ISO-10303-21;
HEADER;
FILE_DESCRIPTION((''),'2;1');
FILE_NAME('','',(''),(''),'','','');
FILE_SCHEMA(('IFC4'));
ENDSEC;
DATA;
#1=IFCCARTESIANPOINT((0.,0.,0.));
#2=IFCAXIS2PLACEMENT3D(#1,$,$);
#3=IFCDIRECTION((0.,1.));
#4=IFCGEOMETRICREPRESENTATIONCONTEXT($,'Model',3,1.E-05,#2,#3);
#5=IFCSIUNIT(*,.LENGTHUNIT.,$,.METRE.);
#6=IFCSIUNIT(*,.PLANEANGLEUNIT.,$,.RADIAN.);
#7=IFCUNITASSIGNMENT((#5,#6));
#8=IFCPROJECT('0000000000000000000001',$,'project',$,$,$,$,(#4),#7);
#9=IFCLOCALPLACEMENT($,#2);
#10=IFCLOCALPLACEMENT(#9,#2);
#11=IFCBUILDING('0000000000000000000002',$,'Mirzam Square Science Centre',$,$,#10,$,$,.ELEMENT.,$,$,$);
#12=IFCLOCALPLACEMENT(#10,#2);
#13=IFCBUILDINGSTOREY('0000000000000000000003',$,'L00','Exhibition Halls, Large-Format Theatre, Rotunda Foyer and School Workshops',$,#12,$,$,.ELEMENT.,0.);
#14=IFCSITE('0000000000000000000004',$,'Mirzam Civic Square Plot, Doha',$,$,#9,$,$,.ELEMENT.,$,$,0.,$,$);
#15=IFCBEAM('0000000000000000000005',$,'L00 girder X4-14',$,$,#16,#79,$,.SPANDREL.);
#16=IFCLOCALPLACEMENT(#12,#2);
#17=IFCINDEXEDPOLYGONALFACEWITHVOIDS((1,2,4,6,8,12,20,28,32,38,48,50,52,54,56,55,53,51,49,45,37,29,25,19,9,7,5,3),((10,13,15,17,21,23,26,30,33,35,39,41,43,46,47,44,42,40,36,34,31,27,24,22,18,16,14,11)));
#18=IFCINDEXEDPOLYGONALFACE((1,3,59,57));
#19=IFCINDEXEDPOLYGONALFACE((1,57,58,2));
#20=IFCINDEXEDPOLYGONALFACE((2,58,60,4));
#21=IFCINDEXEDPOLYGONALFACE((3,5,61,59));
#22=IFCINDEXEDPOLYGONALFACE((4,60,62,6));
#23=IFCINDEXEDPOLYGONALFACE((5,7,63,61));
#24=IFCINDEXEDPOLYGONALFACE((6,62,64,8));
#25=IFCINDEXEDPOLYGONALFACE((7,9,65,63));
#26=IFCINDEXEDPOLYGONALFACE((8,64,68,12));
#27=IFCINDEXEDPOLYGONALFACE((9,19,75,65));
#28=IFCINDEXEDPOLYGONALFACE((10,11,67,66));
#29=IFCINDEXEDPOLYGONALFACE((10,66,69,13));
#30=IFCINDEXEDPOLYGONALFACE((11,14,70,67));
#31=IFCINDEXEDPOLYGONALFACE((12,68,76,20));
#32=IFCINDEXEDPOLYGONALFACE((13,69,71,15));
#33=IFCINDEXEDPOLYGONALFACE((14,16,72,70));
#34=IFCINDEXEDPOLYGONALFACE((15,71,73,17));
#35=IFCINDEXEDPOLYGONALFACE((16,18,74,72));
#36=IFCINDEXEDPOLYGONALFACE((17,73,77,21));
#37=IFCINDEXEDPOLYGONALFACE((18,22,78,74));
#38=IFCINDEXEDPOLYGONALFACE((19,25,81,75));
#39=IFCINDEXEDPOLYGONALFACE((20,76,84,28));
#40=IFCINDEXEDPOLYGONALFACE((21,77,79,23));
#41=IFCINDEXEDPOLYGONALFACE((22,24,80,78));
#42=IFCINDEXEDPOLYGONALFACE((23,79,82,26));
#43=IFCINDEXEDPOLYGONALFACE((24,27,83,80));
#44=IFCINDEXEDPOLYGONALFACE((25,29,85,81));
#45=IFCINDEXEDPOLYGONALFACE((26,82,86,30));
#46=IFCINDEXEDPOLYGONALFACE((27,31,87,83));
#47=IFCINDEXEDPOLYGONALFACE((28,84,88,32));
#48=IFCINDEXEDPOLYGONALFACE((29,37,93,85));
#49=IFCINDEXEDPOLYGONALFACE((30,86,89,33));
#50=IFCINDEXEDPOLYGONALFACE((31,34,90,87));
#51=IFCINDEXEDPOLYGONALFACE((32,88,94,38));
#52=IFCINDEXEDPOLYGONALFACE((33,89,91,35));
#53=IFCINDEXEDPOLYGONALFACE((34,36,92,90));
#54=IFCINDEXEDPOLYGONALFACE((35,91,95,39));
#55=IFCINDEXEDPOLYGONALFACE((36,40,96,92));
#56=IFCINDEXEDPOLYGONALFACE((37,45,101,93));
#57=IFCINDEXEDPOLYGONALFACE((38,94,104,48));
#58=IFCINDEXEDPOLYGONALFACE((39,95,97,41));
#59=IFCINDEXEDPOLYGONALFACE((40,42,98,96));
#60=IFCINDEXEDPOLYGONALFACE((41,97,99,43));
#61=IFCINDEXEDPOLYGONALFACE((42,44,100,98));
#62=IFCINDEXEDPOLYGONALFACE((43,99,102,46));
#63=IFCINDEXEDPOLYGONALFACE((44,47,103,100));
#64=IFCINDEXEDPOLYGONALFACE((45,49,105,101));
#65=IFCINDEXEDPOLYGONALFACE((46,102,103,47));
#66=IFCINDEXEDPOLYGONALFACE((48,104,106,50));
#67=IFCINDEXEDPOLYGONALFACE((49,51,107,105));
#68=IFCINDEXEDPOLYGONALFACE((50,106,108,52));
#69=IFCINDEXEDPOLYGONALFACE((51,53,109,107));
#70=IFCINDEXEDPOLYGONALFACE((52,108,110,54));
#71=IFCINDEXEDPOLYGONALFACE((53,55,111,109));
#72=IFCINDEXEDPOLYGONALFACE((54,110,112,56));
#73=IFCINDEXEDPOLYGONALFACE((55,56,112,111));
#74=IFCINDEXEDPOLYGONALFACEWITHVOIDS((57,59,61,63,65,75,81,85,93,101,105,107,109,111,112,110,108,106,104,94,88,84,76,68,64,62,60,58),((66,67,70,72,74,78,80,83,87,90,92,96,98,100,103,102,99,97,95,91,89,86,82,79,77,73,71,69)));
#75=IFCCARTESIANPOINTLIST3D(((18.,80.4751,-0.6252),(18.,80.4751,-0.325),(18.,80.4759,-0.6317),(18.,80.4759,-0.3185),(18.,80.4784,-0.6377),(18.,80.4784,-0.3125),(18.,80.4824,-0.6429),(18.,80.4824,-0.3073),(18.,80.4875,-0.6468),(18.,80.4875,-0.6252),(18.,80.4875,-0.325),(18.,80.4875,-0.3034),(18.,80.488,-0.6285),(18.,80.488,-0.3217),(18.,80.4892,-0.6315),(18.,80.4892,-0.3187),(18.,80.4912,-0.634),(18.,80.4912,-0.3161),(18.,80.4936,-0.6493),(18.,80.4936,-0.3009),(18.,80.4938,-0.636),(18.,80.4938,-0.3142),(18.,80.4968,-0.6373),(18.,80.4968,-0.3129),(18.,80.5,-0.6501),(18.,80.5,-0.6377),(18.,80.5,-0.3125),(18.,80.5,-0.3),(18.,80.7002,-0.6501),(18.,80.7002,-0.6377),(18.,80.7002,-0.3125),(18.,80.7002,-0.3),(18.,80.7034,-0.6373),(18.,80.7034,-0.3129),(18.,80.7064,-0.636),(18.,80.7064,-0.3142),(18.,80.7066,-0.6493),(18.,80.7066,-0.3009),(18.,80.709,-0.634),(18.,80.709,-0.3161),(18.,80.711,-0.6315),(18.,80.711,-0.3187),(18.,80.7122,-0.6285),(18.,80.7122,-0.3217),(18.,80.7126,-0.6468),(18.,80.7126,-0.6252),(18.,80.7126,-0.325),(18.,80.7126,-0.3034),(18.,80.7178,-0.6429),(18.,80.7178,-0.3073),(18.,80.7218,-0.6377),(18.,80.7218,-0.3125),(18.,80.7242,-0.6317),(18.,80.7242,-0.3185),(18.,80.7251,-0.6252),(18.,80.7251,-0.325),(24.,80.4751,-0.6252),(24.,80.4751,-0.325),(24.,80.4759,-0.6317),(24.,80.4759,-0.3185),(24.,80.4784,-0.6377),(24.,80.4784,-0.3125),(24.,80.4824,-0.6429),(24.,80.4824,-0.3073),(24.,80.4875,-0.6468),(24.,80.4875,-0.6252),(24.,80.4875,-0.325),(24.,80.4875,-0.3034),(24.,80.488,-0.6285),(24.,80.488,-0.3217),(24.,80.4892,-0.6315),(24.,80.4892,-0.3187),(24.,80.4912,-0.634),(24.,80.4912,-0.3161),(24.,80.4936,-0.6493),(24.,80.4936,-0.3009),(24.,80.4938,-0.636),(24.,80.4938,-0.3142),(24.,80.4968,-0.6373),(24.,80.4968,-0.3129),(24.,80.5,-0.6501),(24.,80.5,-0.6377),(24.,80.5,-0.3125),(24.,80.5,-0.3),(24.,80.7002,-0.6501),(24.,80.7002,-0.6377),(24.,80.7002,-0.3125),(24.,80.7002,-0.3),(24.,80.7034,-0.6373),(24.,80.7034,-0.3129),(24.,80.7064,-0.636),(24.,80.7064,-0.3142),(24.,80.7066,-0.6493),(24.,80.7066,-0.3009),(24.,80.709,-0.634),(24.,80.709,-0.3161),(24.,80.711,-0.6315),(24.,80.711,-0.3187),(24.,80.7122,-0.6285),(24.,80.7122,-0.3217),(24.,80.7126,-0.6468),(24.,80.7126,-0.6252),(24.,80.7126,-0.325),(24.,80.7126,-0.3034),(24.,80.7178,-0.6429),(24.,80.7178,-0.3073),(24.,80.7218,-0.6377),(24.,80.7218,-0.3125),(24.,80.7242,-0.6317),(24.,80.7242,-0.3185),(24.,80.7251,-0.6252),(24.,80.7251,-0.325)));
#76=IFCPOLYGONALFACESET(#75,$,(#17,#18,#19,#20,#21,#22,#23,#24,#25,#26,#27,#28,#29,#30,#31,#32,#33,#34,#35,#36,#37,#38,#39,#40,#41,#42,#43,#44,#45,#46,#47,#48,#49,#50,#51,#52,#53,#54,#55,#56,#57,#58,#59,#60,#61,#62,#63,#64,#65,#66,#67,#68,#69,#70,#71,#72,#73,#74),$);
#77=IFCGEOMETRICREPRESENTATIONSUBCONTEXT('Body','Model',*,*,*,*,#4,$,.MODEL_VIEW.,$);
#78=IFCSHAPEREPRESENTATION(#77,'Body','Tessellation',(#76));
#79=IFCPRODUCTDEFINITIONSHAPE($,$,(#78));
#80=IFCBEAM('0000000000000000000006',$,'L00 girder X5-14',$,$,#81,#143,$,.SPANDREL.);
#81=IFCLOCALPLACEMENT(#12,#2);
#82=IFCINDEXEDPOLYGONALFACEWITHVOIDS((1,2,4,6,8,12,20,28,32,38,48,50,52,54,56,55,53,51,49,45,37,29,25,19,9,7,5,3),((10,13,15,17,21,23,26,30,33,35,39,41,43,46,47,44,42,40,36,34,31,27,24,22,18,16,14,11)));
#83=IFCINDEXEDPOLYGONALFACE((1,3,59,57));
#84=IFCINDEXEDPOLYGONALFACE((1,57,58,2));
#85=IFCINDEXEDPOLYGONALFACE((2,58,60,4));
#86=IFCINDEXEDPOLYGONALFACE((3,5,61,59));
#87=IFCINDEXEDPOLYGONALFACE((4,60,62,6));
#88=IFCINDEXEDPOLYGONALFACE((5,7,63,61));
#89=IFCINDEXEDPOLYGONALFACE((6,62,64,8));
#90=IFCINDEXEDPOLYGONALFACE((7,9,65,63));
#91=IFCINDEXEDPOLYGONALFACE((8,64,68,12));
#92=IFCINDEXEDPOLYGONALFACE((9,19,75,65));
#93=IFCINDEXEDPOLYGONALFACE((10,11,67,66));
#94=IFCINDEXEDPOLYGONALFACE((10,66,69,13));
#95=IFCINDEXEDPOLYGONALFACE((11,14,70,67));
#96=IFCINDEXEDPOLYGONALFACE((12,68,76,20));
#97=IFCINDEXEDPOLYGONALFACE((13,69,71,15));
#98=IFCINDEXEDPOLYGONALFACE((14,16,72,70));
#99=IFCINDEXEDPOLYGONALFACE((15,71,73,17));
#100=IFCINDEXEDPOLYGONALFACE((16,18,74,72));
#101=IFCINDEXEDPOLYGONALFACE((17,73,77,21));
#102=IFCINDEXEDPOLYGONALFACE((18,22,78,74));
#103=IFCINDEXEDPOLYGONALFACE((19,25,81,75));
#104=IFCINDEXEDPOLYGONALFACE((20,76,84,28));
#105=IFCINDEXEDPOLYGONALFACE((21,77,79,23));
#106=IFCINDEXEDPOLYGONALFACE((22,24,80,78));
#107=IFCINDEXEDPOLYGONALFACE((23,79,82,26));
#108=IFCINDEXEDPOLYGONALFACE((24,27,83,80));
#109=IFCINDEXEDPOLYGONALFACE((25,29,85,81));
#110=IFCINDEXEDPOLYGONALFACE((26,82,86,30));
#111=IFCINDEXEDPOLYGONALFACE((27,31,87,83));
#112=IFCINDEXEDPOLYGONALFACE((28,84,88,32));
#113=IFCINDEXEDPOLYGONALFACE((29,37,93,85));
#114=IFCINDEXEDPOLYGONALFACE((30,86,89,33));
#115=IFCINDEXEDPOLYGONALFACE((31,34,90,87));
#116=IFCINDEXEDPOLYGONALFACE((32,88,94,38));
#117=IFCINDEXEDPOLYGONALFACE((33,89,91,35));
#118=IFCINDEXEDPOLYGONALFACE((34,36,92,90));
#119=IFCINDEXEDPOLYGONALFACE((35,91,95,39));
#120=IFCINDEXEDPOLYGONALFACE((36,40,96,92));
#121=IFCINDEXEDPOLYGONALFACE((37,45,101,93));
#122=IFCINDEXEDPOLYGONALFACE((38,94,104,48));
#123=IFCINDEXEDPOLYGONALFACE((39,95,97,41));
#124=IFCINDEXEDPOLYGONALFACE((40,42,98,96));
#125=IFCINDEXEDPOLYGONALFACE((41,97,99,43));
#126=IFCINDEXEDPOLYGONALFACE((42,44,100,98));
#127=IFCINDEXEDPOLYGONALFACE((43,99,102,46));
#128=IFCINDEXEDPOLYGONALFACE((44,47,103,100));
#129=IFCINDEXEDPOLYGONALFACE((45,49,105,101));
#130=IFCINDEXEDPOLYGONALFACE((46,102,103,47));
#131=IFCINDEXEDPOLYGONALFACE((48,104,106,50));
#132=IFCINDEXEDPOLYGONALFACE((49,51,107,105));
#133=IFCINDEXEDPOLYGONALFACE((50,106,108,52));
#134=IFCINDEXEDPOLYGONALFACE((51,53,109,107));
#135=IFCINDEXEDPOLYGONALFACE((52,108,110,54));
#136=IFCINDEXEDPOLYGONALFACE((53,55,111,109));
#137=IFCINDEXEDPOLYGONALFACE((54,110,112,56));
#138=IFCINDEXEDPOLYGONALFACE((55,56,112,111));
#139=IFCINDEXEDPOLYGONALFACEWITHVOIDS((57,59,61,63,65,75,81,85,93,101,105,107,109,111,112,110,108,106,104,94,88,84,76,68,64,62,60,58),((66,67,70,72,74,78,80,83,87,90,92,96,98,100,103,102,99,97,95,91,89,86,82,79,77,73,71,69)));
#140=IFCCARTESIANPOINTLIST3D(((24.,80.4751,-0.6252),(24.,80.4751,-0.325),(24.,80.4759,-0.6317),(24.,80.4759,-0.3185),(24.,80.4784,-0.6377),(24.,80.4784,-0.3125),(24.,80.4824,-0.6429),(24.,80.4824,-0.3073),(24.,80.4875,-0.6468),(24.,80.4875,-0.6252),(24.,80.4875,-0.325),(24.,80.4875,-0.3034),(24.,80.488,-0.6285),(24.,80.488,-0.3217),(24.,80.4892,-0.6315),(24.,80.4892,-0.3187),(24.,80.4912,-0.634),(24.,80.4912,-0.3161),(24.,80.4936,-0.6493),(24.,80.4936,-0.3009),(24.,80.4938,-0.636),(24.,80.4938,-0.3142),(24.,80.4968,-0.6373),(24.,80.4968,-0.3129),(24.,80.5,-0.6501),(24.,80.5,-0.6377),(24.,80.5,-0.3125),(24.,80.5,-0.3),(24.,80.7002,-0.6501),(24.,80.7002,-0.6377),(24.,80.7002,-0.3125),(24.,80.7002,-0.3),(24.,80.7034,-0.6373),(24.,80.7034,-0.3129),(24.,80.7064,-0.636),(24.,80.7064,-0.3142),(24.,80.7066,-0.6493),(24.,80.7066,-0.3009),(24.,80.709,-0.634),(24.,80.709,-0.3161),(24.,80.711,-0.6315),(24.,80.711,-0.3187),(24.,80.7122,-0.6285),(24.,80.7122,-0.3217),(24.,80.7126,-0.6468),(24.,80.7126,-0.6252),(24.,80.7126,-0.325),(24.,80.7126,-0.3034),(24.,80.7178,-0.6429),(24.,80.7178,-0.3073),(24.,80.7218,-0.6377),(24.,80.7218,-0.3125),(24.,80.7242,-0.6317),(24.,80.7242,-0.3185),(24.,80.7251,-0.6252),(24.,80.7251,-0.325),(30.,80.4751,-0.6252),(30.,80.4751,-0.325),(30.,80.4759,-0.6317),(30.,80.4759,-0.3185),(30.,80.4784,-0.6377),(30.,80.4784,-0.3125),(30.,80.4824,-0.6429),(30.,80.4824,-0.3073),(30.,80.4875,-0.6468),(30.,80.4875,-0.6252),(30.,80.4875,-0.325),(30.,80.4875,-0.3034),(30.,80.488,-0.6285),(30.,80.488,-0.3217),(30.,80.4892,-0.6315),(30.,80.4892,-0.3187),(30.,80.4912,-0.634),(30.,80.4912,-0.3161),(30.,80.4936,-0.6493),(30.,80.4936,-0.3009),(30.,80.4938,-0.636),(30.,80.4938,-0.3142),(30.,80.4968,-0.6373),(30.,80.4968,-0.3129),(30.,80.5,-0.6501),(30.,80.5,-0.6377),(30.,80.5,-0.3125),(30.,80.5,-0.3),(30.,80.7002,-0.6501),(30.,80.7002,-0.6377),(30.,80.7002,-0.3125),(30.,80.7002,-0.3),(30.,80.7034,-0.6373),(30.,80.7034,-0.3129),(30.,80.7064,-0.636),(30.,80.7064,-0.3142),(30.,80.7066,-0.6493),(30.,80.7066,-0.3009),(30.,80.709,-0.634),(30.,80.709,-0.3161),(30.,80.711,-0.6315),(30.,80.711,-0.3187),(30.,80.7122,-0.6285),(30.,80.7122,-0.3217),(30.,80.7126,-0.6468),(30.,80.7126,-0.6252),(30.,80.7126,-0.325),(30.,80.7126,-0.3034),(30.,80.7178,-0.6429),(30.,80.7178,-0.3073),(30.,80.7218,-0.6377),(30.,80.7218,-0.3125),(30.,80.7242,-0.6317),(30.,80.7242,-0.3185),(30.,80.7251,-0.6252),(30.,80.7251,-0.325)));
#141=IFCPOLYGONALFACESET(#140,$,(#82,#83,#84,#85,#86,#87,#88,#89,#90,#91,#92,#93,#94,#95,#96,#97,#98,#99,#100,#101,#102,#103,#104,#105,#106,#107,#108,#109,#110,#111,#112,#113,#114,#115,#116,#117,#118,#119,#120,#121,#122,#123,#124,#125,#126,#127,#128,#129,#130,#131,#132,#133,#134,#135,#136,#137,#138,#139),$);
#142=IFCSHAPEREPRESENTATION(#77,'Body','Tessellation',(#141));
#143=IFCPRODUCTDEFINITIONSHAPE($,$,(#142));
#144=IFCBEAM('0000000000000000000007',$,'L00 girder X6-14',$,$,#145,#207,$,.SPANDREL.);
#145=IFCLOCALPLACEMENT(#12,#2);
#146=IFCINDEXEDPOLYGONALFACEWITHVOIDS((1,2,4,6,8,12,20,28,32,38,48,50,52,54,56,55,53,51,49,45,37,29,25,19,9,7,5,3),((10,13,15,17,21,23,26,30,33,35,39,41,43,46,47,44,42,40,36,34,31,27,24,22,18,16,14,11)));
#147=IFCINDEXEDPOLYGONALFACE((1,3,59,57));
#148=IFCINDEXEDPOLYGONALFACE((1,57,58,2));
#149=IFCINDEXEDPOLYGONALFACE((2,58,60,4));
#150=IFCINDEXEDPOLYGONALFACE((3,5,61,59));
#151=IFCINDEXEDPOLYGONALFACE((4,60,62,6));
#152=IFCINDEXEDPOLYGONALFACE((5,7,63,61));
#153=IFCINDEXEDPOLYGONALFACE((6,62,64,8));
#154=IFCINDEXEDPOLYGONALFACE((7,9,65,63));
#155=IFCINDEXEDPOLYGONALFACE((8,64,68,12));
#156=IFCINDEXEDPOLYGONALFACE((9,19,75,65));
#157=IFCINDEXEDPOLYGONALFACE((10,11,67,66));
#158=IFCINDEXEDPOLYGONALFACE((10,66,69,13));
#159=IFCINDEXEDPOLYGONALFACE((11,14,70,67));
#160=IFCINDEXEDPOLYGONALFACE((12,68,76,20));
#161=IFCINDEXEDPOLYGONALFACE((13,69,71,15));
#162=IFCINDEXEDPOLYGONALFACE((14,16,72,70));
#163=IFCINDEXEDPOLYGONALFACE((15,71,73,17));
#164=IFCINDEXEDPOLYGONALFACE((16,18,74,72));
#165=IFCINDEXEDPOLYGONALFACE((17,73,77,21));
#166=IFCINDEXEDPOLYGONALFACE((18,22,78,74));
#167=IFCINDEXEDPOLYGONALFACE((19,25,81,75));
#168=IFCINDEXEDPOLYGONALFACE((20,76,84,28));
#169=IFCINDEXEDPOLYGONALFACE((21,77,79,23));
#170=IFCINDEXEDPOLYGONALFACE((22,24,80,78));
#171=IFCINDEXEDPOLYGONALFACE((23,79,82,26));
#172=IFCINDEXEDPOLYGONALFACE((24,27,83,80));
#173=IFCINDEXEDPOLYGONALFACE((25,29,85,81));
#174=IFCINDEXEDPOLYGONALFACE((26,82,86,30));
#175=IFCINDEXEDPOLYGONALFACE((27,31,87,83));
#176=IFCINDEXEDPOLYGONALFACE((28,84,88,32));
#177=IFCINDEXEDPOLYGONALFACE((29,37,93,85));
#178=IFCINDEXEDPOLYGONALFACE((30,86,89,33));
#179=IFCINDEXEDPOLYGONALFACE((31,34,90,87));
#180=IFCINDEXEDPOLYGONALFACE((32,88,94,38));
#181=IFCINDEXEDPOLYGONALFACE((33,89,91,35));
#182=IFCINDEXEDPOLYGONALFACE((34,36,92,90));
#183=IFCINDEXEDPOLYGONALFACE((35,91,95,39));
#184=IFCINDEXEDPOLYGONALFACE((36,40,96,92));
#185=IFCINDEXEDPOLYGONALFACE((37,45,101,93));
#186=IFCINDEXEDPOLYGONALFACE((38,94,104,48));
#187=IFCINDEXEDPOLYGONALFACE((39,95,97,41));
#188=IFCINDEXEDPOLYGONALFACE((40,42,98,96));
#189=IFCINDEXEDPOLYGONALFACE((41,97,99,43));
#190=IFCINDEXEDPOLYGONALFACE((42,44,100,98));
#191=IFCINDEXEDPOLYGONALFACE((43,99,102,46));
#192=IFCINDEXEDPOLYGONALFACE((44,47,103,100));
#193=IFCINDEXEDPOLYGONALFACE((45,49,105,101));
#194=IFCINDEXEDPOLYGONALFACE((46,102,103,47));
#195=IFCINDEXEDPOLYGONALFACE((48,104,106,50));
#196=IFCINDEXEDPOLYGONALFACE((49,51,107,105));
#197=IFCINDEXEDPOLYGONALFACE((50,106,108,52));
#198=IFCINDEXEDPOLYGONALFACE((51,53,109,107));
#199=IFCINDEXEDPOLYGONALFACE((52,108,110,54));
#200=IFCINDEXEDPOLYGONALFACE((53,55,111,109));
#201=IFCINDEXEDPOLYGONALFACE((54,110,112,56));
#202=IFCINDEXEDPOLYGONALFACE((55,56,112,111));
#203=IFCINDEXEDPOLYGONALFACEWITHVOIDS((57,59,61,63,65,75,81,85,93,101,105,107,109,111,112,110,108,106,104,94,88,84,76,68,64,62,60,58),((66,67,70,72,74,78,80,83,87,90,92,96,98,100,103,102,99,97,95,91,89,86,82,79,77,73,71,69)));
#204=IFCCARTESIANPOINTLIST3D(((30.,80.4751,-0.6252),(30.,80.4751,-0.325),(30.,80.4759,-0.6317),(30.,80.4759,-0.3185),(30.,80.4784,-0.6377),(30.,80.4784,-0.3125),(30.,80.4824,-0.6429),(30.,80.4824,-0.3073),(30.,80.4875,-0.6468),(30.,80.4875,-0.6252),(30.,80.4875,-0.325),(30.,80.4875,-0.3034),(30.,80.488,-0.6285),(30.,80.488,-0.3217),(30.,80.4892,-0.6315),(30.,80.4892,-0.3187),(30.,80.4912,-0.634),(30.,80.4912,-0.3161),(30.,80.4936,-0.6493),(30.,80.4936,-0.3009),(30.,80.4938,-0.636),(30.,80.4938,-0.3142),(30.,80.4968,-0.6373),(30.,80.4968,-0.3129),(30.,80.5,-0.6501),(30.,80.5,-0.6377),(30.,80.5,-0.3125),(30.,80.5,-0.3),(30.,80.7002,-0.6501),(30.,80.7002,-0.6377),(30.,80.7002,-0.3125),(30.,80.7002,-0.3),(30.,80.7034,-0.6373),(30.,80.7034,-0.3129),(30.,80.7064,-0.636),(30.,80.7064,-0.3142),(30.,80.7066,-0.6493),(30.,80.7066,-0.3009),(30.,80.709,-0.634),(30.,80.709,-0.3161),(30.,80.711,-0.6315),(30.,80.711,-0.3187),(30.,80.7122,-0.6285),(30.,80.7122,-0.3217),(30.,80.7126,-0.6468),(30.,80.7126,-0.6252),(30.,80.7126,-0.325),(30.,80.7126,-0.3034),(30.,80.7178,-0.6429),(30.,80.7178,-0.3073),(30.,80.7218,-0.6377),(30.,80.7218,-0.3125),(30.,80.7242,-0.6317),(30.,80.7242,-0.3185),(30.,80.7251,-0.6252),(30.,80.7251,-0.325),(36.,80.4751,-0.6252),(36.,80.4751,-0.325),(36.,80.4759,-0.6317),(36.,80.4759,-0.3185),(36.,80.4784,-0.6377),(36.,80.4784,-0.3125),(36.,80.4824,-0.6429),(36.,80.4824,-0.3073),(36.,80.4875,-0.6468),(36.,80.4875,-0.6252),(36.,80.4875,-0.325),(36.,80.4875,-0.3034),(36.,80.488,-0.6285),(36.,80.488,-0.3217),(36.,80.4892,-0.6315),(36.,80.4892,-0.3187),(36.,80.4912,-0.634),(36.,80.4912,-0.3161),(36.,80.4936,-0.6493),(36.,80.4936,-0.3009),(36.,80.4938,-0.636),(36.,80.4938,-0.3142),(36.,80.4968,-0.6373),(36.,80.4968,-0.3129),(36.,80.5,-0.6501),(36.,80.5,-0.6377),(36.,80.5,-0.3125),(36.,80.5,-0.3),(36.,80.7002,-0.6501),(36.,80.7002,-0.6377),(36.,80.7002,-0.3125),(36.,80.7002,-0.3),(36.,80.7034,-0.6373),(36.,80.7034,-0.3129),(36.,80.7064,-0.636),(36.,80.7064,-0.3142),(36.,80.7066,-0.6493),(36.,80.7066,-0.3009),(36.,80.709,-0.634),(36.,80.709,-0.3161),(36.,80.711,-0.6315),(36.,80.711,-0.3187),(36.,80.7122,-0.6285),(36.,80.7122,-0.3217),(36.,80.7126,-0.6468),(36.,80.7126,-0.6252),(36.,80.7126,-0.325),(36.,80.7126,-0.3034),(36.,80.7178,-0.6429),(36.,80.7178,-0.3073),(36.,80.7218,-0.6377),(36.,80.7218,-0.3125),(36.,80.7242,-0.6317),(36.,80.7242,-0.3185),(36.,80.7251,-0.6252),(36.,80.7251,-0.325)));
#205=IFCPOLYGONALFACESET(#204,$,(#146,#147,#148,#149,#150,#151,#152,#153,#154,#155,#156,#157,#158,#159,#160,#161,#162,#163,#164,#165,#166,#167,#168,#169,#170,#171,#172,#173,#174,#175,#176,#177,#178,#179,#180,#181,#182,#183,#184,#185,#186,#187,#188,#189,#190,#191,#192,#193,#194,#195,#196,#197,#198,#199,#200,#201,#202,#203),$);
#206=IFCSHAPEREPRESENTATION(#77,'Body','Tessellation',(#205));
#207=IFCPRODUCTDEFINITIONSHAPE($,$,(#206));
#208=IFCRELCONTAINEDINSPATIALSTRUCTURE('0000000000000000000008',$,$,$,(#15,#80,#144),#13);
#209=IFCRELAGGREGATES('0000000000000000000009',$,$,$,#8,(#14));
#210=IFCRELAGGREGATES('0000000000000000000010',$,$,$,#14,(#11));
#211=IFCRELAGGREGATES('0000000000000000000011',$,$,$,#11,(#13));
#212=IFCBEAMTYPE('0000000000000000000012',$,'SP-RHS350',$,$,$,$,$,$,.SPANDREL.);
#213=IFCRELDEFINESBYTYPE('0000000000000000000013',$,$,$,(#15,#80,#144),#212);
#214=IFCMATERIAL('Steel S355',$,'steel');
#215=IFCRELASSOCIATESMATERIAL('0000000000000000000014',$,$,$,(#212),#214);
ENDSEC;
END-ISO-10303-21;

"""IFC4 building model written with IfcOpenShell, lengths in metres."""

from ifc_helpers import new_model, si_unit, direction, frame, origin, origin_2d, place, context, subcontext, project, spatial, hollow_rectangle, extrude, material, material_profile, profile_set, type_object, element, save


model = new_model("IFC4")

# Units and contexts
model_context = context("Model", 3, precision=1e-05, world=origin(), true_north=direction((0.0, 1.0)))
body_context = subcontext(model_context, "Body", "Model", "MODEL_VIEW")
ifc_project = project(units=[si_unit("LENGTHUNIT", "METRE"), si_unit("PLANEANGLEUNIT", "RADIAN")], contexts=[model_context])

# Site, building, storey
site_placement = place(None, origin())
site = spatial("IfcSite", under=ifc_project, at=site_placement, Name="Mirzam Civic Square Plot, Doha", CompositionType="ELEMENT", RefElevation=0.0)
building_placement = place(site_placement, origin())
building = spatial("IfcBuilding", under=site, at=building_placement, Name="Mirzam Square Science Centre", CompositionType="ELEMENT")
storey_placement = place(building_placement, origin())
storey = spatial("IfcBuildingStorey", under=building, at=storey_placement, Name="L00", Description="Exhibition Halls, Large-Format Theatre, Rotunda Foyer and School Workshops", CompositionType="ELEMENT", Elevation=0.0)

# Shared definitions
ifc_material_1 = material(Name="Steel S355", Category="steel")

# Beams
ifc_material_profile_1 = material_profile(ifc_material_1, hollow_rectangle(XDim=0.25, YDim=0.3501, WallThickness=0.0125, InnerFilletRadius=0.0125, OuterFilletRadius=0.0249, at=origin_2d()), Name="350x250x12.5RHS")
ifc_profile_set_1 = profile_set([ifc_material_profile_1], Name="Steel S355")
beam_type_1 = type_object("IfcBeamType", Name="SP-RHS350", PredefinedType="SPANDREL", material=ifc_profile_set_1)
for number, where, z_axis, x_axis, name in (
    (1, (18.0, 80.6001, -0.4751), (1.0, 0.0, 0.0), (0.0, 1.0, 0.0), "L00 girder X4-14"),
    (2, (24.0, 80.6001, -0.4751), (1.0, 0.0, 0.0), (0.0, 1.0, 0.0), "L00 girder X5-14"),
    (3, (30.0, 80.6001, -0.4751), (1.0, 0.0, 0.0), (0.0, 1.0, 0.0), "L00 girder X6-14"),
):
    element("IfcBeam", number, at=place(storey_placement, frame(where, z_axis=z_axis, x_axis=x_axis)), inside=storey, type_object=beam_type_1, Name=name, PredefinedType="SPANDREL", context=body_context, shape_type="SweptSolid", body=[
        extrude(hollow_rectangle(XDim=0.25, YDim=0.3501, WallThickness=0.0125, InnerFilletRadius=0.0125, OuterFilletRadius=0.0249, at=origin_2d()), origin(), (0.0, 0.0, 1.0), 6.0),
    ])

save(model, "model.ifc")
